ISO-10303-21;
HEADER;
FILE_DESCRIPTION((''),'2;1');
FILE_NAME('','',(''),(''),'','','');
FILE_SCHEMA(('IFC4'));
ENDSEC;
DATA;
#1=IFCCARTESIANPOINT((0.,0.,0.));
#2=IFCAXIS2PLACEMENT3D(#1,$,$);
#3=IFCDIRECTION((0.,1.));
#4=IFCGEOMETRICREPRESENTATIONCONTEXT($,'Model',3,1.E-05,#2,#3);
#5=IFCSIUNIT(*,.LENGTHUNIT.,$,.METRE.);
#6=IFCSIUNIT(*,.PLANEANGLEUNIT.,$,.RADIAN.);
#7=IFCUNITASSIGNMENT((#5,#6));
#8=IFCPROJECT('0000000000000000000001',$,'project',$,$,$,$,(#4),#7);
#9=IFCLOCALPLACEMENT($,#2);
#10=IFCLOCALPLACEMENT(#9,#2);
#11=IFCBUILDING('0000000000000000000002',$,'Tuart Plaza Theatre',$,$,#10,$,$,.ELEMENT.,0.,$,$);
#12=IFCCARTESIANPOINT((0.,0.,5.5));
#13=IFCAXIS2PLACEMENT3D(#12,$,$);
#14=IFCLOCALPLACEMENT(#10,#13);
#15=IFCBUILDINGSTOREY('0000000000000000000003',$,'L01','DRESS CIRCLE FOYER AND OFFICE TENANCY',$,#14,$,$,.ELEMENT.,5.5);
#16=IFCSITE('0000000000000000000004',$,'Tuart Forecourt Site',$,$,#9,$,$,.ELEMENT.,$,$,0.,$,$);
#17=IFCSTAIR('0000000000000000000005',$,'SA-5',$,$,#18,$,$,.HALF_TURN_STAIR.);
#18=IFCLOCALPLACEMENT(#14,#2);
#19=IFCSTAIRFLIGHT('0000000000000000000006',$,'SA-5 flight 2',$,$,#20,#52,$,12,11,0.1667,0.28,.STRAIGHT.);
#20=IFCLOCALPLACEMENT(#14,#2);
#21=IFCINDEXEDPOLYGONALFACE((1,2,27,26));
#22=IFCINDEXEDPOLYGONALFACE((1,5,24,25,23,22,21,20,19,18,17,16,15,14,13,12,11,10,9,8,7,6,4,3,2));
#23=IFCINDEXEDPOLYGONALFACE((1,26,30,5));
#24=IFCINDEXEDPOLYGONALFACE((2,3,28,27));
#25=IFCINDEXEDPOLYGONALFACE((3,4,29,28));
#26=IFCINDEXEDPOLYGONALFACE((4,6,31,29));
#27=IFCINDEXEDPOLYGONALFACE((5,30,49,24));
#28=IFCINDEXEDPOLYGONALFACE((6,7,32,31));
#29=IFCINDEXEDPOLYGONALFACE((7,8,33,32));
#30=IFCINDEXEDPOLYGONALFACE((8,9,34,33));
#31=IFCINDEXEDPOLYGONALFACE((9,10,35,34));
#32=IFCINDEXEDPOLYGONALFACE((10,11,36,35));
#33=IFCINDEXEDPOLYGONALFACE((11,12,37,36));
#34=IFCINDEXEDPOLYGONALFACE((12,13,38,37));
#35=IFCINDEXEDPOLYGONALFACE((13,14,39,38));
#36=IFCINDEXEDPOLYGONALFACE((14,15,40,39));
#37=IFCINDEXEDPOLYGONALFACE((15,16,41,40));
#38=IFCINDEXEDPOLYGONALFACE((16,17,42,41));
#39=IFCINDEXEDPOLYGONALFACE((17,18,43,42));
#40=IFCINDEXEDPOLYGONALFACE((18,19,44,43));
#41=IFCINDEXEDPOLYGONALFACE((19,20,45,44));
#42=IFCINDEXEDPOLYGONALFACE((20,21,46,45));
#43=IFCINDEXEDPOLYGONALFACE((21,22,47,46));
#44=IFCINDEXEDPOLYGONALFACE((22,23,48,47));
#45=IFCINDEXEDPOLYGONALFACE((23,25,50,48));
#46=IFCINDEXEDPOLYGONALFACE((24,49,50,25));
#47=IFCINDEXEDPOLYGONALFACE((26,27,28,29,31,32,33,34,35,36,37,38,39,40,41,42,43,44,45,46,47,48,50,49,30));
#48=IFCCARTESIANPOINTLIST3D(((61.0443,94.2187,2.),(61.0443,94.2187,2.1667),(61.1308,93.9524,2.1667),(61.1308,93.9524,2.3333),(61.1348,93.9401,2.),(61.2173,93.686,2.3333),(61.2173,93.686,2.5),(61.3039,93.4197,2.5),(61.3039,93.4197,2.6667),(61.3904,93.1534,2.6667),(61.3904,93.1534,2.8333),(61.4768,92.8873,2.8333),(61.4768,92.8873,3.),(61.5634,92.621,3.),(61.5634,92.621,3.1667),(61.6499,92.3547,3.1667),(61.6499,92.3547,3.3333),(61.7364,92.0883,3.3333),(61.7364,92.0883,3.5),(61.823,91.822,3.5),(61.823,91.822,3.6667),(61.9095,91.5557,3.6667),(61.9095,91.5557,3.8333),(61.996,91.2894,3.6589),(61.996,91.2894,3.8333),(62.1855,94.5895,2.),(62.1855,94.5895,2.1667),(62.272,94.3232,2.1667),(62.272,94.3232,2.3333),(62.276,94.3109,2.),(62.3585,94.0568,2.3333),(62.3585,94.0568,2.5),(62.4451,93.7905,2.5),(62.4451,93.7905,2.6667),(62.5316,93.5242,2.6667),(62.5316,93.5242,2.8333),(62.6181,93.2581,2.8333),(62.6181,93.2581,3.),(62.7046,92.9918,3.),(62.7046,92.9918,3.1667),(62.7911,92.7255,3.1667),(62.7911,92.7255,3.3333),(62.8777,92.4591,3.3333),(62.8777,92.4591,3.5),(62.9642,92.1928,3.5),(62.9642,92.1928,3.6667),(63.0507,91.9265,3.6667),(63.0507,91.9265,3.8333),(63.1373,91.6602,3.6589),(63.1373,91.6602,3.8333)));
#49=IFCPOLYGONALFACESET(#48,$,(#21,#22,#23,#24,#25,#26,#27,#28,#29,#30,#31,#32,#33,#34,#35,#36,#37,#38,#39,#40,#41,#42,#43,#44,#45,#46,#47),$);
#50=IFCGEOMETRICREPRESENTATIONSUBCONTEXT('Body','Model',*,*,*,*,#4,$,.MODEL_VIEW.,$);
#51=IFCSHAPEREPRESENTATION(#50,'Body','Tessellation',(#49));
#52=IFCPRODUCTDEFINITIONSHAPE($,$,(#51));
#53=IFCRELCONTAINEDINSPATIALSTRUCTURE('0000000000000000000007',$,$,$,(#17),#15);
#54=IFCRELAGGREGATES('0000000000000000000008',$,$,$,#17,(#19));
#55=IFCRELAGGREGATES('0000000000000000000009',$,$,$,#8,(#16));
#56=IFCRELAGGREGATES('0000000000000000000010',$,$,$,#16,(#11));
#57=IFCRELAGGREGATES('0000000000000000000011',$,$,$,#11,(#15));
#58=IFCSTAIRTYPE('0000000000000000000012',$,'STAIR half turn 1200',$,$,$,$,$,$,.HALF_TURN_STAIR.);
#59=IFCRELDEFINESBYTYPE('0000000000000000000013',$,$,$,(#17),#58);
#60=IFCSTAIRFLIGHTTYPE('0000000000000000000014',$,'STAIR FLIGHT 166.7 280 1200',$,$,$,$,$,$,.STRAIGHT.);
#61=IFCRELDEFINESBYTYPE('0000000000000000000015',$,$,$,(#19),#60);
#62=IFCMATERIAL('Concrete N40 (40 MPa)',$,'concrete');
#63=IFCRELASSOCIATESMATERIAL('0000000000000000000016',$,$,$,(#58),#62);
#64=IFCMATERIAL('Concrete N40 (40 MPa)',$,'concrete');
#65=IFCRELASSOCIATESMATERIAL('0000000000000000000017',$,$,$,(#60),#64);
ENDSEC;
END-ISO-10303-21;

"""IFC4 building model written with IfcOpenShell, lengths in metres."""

from ifc_helpers import new_model, si_unit, direction, frame, origin, place, context, subcontext, project, spatial, polyline, outline, extrude, material, type_object, element, aggregate, save


model = new_model("IFC4")

# Units and contexts
model_context = context("Model", 3, precision=1e-05, world=origin(), true_north=direction((0.0, 1.0)))
body_context = subcontext(model_context, "Body", "Model", "MODEL_VIEW")
ifc_project = project(units=[si_unit("LENGTHUNIT", "METRE"), si_unit("PLANEANGLEUNIT", "RADIAN")], contexts=[model_context])

# Site, building, storey
site_placement = place(None, origin())
site = spatial("IfcSite", under=ifc_project, at=site_placement, Name="Tuart Forecourt Site", CompositionType="ELEMENT", RefElevation=0.0)
building_placement = place(site_placement, origin())
building = spatial("IfcBuilding", under=site, at=building_placement, Name="Tuart Plaza Theatre", CompositionType="ELEMENT", ElevationOfRefHeight=0.0)
storey_placement = place(building_placement, frame((0.0, 0.0, 5.5)))
storey = spatial("IfcBuildingStorey", under=building, at=storey_placement, Name="L01", Description="DRESS CIRCLE FOYER AND OFFICE TENANCY", CompositionType="ELEMENT", Elevation=5.5)

# Shared definitions
ifc_material_1 = material(Name="Concrete N40 (40 MPa)", Category="concrete")
stair_type = type_object("IfcStairType", Name="STAIR half turn 1200", PredefinedType="HALF_TURN_STAIR", material=ifc_material_1)
ifc_material_2 = material(Name="Concrete N40 (40 MPa)", Category="concrete")
stair_flight_type = type_object("IfcStairFlightType", Name="STAIR FLIGHT 166.7 280 1200", PredefinedType="STRAIGHT", material=ifc_material_2)

# Stair, stair flight
stair_1_placement = place(storey_placement, origin())
stair_1 = element("IfcStair", 1, at=stair_1_placement, inside=storey, type_object=stair_type, Name="SA-5", PredefinedType="HALF_TURN_STAIR")
stair_flight_1_placement = place(storey_placement, frame((61.6147, 94.4041, 2.0), z_axis=(0.0, 0.0, 1.0), x_axis=(0.309017, -0.951057, 0.0)))
stair_flight_1 = element("IfcStairFlight", 2, at=stair_flight_1_placement, type_object=stair_flight_type, Name="SA-5 flight 2", NumberOfRisers=12, NumberOfTreads=11, PredefinedType="STRAIGHT", RiserHeight=0.1667, TreadLength=0.28, context=body_context, shape_type="SweptSolid", body=[
    extrude(outline(polyline([(0.0, 0.0), (0.0, 0.1667), (0.28, 0.1667), (0.28, 0.3333), (0.5601, 0.3333), (0.5601, 0.5), (0.8401, 0.5), (0.8401, 0.6667), (1.1201, 0.6667), (1.1201, 0.8333), (1.3999, 0.8333), (1.3999, 1.0), (1.6799, 1.0), (1.6799, 1.1667), (1.96, 1.1667), (1.96, 1.3333), (2.24, 1.3333), (2.24, 1.5), (2.52, 1.5), (2.52, 1.6667), (2.8, 1.6667), (2.8, 1.8333), (3.0801, 1.8333), (3.0801, 2.0), (3.0801, 1.6589), (0.293, 0.0), (0.0, 0.0)])), frame((0.0, 0.6001, 0.0), z_axis=(0.0, -1.0, 0.0), x_axis=(1.0, 0.0, 0.0)), (0.0, 0.0, 1.0), 1.2),
])
aggregate(stair_1, [stair_flight_1])

save(model, "model.ifc")
